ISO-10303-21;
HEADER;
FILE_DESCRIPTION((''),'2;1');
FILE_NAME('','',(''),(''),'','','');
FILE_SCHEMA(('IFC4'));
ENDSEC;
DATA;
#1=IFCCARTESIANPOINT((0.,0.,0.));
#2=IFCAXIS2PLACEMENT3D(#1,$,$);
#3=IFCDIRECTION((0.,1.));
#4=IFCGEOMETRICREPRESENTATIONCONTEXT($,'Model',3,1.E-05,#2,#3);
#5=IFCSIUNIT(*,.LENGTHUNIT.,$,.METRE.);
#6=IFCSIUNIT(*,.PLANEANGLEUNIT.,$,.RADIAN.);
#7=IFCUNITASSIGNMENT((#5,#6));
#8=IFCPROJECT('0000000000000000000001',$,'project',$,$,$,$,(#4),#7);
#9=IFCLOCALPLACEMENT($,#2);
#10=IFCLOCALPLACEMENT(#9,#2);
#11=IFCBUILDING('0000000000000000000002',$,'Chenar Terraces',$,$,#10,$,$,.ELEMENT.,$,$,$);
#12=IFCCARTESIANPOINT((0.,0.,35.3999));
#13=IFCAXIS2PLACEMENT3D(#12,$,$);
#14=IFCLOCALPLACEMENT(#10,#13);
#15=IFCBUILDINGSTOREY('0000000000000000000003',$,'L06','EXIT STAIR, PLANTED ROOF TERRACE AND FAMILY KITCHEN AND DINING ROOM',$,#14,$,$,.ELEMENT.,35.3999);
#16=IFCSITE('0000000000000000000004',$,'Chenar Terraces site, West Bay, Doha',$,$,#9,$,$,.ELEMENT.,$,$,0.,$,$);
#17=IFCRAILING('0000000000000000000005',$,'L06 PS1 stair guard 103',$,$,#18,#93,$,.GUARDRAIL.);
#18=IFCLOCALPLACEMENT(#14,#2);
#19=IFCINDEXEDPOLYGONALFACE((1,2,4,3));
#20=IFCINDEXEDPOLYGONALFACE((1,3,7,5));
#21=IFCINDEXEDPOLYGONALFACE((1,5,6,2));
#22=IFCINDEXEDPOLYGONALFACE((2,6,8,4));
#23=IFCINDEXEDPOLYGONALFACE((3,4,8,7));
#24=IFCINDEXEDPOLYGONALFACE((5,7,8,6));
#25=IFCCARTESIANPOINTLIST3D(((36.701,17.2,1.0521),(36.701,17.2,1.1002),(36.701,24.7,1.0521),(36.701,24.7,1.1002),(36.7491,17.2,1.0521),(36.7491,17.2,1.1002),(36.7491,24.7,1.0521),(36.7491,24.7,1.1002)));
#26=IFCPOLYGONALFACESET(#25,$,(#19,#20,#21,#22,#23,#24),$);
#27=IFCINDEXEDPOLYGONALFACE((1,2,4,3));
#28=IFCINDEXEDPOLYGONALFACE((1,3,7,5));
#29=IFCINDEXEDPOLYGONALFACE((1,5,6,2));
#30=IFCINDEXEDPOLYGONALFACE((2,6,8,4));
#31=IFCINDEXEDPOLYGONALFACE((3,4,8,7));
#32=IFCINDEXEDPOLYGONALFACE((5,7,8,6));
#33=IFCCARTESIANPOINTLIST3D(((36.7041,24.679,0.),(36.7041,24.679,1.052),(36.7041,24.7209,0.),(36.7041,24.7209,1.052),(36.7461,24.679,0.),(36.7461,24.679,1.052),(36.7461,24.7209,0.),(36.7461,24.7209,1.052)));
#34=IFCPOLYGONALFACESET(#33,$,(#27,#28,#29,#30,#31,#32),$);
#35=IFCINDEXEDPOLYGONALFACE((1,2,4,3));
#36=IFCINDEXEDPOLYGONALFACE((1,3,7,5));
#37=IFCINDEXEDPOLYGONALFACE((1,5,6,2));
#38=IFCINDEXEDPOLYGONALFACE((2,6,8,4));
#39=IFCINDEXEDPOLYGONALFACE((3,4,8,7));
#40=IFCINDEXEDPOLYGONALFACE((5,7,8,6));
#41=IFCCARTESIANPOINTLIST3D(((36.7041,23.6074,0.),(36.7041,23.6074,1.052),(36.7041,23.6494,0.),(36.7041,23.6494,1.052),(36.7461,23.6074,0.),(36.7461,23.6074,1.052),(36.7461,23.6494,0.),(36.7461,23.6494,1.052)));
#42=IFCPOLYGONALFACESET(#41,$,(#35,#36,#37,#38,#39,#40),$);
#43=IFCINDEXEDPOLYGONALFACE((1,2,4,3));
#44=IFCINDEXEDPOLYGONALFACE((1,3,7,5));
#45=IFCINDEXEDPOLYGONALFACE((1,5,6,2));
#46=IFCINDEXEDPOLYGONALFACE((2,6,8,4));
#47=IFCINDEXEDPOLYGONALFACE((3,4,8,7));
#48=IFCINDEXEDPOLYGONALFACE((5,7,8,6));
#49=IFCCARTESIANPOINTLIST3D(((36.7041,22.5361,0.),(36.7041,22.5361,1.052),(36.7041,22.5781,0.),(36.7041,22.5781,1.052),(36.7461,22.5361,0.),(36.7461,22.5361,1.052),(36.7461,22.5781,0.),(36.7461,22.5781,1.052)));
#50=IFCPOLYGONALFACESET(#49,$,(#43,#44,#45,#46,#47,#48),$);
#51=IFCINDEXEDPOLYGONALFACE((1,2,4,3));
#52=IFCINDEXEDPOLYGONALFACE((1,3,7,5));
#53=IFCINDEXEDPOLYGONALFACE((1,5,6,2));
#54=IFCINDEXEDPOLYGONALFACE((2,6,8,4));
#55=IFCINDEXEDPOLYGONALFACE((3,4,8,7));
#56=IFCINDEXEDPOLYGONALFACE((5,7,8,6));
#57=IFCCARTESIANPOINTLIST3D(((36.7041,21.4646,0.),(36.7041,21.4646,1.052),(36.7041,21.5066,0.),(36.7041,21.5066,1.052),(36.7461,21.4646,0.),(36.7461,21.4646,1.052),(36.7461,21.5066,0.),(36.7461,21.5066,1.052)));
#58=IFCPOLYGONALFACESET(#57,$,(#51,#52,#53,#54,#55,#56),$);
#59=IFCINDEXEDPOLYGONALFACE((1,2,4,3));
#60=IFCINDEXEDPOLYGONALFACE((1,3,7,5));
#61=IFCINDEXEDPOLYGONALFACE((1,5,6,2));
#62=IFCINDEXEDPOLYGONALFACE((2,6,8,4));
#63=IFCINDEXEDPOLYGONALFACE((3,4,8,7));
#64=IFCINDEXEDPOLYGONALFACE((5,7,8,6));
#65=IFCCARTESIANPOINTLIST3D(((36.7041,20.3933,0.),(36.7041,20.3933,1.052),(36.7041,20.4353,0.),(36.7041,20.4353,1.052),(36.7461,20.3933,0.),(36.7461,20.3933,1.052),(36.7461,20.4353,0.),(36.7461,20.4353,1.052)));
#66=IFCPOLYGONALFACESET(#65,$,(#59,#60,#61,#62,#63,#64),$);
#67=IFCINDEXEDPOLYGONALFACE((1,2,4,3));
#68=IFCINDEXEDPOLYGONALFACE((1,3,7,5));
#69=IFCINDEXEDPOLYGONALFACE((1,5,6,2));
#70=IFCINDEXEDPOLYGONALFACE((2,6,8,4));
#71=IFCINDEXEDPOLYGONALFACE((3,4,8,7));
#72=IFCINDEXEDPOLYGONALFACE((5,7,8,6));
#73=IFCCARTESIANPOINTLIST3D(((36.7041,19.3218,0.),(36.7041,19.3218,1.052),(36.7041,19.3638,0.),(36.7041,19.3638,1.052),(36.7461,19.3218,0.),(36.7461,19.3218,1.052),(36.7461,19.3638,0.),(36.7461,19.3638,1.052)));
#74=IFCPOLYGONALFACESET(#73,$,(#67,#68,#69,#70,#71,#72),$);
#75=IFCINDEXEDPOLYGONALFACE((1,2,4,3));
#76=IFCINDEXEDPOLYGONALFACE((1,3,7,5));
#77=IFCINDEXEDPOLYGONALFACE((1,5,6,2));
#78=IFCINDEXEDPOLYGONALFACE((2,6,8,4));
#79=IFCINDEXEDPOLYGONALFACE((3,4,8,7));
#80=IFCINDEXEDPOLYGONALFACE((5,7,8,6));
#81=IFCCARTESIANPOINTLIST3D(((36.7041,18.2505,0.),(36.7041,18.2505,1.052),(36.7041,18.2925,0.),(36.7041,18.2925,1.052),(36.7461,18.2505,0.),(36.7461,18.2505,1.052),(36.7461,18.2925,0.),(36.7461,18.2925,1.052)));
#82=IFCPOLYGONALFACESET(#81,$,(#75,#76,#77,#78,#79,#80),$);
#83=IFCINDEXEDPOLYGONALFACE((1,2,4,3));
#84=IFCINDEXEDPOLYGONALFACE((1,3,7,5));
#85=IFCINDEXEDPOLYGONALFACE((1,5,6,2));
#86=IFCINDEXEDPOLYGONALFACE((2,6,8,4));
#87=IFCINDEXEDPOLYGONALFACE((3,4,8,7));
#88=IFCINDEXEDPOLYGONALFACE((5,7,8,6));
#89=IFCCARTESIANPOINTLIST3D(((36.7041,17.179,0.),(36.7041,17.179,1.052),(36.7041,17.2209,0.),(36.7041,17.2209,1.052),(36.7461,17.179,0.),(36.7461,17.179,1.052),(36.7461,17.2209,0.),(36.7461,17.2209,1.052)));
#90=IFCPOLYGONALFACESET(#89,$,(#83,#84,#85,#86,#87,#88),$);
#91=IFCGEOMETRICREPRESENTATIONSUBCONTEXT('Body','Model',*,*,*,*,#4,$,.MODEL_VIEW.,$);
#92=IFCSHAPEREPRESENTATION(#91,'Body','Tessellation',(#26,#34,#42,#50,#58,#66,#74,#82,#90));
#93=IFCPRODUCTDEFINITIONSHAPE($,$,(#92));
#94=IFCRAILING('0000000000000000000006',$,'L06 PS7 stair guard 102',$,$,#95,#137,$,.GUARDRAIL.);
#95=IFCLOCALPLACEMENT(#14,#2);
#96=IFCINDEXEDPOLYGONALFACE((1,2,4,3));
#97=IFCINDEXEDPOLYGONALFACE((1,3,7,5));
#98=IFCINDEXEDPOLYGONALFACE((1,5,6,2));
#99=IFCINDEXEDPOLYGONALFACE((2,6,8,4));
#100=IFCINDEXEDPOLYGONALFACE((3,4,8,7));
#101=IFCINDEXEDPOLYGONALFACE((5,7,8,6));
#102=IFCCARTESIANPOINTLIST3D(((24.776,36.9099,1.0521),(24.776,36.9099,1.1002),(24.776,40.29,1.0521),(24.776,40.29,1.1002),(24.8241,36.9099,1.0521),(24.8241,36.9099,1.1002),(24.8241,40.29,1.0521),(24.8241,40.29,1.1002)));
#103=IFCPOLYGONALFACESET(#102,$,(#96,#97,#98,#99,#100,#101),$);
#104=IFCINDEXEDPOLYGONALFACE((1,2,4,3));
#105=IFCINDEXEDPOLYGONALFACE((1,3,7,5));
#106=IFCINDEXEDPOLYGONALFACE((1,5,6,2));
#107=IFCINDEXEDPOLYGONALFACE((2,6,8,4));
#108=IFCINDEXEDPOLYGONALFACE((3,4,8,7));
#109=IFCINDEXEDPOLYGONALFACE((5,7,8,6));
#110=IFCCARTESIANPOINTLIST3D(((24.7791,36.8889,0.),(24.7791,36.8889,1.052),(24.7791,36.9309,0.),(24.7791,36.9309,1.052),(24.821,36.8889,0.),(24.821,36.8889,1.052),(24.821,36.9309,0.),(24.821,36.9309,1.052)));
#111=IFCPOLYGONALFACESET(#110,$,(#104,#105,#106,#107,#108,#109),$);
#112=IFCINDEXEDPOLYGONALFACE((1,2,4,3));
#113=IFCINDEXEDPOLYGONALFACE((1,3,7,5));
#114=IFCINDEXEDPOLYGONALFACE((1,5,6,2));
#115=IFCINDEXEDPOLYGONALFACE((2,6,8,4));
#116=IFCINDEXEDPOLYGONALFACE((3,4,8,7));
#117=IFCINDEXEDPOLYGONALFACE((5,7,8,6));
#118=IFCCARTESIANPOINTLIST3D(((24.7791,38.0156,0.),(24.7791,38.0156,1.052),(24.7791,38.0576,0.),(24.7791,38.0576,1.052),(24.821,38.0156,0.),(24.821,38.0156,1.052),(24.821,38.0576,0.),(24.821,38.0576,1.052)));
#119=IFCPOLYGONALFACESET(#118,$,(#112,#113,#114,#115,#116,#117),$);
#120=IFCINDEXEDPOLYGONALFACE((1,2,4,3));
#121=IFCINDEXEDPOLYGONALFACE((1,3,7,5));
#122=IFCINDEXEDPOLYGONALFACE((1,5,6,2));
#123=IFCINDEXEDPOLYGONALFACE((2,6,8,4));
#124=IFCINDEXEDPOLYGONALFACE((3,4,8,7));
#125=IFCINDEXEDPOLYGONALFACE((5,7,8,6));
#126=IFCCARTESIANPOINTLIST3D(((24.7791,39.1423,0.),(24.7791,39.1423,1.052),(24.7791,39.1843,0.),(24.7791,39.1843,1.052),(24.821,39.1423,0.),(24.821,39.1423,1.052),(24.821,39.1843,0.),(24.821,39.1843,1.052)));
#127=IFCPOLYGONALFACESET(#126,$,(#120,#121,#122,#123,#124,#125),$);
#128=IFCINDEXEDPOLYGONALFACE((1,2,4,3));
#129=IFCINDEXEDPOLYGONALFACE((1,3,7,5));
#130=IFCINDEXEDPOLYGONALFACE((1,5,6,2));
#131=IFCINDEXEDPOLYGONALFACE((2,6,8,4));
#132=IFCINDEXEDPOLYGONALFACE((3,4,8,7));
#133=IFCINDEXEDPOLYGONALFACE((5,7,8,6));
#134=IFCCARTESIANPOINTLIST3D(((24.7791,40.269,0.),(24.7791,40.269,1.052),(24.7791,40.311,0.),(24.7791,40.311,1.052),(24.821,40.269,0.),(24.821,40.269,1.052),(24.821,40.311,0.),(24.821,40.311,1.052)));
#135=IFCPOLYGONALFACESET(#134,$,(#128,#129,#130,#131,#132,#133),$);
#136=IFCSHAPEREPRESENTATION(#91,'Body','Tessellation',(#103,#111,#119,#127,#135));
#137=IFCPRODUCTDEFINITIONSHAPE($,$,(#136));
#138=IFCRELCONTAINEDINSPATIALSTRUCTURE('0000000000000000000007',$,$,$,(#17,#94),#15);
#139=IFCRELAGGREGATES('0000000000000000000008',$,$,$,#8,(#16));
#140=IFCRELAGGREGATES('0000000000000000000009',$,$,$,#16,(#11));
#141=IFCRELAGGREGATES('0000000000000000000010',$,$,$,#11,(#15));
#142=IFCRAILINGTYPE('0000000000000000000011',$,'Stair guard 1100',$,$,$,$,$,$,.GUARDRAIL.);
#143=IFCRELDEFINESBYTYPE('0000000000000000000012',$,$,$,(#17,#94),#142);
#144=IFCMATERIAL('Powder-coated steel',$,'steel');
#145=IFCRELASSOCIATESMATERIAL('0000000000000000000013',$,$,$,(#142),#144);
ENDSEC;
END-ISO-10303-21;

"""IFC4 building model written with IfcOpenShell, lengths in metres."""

from ifc_helpers import new_model, si_unit, direction, frame, origin, origin_2d, place, context, subcontext, project, spatial, rectangle, extrude, material, type_object, element, save


model = new_model("IFC4")

# Units and contexts
model_context = context("Model", 3, precision=1e-05, world=origin(), true_north=direction((0.0, 1.0)))
body_context = subcontext(model_context, "Body", "Model", "MODEL_VIEW")
ifc_project = project(units=[si_unit("LENGTHUNIT", "METRE"), si_unit("PLANEANGLEUNIT", "RADIAN")], contexts=[model_context])

# Site, building, storey
site_placement = place(None, origin())
site = spatial("IfcSite", under=ifc_project, at=site_placement, Name="Chenar Terraces site, West Bay, Doha", CompositionType="ELEMENT", RefElevation=0.0)
building_placement = place(site_placement, origin())
building = spatial("IfcBuilding", under=site, at=building_placement, Name="Chenar Terraces", CompositionType="ELEMENT")
storey_placement = place(building_placement, frame((0.0, 0.0, 35.3999)))
storey = spatial("IfcBuildingStorey", under=building, at=storey_placement, Name="L06", Description="EXIT STAIR, PLANTED ROOF TERRACE AND FAMILY KITCHEN AND DINING ROOM", CompositionType="ELEMENT", Elevation=35.3999)

# Railings
ifc_material_1 = material(Name="Powder-coated steel", Category="steel")
railing_type_1 = type_object("IfcRailingType", Name="Stair guard 1100", PredefinedType="GUARDRAIL", material=ifc_material_1)
railing_1_placement = place(storey_placement, frame((36.7251, 24.7, 0.0)))
element("IfcRailing", 1, at=railing_1_placement, inside=storey, type_object=railing_type_1, Name="L06 PS1 stair guard 103", PredefinedType="GUARDRAIL", context=body_context, shape_type="SweptSolid", body=[
    extrude(rectangle(XDim=0.0481, YDim=0.0481, at=origin_2d()), frame((0.0, 0.0, 1.0762), z_axis=(0.0, -1.0, 0.0), x_axis=(1.0, 0.0, 0.0)), (0.0, 0.0, 1.0), 7.5),
    extrude(rectangle(XDim=0.042, YDim=0.042, at=origin_2d()), origin(), (0.0, 0.0, 1.0), 1.052),
    extrude(rectangle(XDim=0.042, YDim=0.042, at=origin_2d()), frame((0.0, -1.0715, 0.0)), (0.0, 0.0, 1.0), 1.052),
    extrude(rectangle(XDim=0.042, YDim=0.042, at=origin_2d()), frame((0.0, -2.1428, 0.0)), (0.0, 0.0, 1.0), 1.052),
    extrude(rectangle(XDim=0.042, YDim=0.042, at=origin_2d()), frame((0.0, -3.2144, 0.0)), (0.0, 0.0, 1.0), 1.052),
    extrude(rectangle(XDim=0.042, YDim=0.042, at=origin_2d()), frame((0.0, -4.2856, 0.0)), (0.0, 0.0, 1.0), 1.052),
    extrude(rectangle(XDim=0.042, YDim=0.042, at=origin_2d()), frame((0.0, -5.3572, 0.0)), (0.0, 0.0, 1.0), 1.052),
    extrude(rectangle(XDim=0.042, YDim=0.042, at=origin_2d()), frame((0.0, -6.4285, 0.0)), (0.0, 0.0, 1.0), 1.052),
    extrude(rectangle(XDim=0.042, YDim=0.042, at=origin_2d()), frame((0.0, -7.5, 0.0)), (0.0, 0.0, 1.0), 1.052),
])
railing_2_placement = place(storey_placement, frame((24.8, 36.9099, 0.0)))
element("IfcRailing", 2, at=railing_2_placement, inside=storey, type_object=railing_type_1, Name="L06 PS7 stair guard 102", PredefinedType="GUARDRAIL", context=body_context, shape_type="SweptSolid", body=[
    extrude(rectangle(XDim=0.0481, YDim=0.0481, at=origin_2d()), frame((0.0, 0.0, 1.0762), z_axis=(0.0, 1.0, 0.0), x_axis=(-1.0, 0.0, 0.0)), (0.0, 0.0, 1.0), 3.3801),
    extrude(rectangle(XDim=0.042, YDim=0.042, at=origin_2d()), origin(), (0.0, 0.0, 1.0), 1.052),
    extrude(rectangle(XDim=0.042, YDim=0.042, at=origin_2d()), frame((0.0, 1.1267, 0.0)), (0.0, 0.0, 1.0), 1.052),
    extrude(rectangle(XDim=0.042, YDim=0.042, at=origin_2d()), frame((0.0, 2.2534, 0.0)), (0.0, 0.0, 1.0), 1.052),
    extrude(rectangle(XDim=0.042, YDim=0.042, at=origin_2d()), frame((0.0, 3.3801, 0.0)), (0.0, 0.0, 1.0), 1.052),
])

save(model, "model.ifc")
